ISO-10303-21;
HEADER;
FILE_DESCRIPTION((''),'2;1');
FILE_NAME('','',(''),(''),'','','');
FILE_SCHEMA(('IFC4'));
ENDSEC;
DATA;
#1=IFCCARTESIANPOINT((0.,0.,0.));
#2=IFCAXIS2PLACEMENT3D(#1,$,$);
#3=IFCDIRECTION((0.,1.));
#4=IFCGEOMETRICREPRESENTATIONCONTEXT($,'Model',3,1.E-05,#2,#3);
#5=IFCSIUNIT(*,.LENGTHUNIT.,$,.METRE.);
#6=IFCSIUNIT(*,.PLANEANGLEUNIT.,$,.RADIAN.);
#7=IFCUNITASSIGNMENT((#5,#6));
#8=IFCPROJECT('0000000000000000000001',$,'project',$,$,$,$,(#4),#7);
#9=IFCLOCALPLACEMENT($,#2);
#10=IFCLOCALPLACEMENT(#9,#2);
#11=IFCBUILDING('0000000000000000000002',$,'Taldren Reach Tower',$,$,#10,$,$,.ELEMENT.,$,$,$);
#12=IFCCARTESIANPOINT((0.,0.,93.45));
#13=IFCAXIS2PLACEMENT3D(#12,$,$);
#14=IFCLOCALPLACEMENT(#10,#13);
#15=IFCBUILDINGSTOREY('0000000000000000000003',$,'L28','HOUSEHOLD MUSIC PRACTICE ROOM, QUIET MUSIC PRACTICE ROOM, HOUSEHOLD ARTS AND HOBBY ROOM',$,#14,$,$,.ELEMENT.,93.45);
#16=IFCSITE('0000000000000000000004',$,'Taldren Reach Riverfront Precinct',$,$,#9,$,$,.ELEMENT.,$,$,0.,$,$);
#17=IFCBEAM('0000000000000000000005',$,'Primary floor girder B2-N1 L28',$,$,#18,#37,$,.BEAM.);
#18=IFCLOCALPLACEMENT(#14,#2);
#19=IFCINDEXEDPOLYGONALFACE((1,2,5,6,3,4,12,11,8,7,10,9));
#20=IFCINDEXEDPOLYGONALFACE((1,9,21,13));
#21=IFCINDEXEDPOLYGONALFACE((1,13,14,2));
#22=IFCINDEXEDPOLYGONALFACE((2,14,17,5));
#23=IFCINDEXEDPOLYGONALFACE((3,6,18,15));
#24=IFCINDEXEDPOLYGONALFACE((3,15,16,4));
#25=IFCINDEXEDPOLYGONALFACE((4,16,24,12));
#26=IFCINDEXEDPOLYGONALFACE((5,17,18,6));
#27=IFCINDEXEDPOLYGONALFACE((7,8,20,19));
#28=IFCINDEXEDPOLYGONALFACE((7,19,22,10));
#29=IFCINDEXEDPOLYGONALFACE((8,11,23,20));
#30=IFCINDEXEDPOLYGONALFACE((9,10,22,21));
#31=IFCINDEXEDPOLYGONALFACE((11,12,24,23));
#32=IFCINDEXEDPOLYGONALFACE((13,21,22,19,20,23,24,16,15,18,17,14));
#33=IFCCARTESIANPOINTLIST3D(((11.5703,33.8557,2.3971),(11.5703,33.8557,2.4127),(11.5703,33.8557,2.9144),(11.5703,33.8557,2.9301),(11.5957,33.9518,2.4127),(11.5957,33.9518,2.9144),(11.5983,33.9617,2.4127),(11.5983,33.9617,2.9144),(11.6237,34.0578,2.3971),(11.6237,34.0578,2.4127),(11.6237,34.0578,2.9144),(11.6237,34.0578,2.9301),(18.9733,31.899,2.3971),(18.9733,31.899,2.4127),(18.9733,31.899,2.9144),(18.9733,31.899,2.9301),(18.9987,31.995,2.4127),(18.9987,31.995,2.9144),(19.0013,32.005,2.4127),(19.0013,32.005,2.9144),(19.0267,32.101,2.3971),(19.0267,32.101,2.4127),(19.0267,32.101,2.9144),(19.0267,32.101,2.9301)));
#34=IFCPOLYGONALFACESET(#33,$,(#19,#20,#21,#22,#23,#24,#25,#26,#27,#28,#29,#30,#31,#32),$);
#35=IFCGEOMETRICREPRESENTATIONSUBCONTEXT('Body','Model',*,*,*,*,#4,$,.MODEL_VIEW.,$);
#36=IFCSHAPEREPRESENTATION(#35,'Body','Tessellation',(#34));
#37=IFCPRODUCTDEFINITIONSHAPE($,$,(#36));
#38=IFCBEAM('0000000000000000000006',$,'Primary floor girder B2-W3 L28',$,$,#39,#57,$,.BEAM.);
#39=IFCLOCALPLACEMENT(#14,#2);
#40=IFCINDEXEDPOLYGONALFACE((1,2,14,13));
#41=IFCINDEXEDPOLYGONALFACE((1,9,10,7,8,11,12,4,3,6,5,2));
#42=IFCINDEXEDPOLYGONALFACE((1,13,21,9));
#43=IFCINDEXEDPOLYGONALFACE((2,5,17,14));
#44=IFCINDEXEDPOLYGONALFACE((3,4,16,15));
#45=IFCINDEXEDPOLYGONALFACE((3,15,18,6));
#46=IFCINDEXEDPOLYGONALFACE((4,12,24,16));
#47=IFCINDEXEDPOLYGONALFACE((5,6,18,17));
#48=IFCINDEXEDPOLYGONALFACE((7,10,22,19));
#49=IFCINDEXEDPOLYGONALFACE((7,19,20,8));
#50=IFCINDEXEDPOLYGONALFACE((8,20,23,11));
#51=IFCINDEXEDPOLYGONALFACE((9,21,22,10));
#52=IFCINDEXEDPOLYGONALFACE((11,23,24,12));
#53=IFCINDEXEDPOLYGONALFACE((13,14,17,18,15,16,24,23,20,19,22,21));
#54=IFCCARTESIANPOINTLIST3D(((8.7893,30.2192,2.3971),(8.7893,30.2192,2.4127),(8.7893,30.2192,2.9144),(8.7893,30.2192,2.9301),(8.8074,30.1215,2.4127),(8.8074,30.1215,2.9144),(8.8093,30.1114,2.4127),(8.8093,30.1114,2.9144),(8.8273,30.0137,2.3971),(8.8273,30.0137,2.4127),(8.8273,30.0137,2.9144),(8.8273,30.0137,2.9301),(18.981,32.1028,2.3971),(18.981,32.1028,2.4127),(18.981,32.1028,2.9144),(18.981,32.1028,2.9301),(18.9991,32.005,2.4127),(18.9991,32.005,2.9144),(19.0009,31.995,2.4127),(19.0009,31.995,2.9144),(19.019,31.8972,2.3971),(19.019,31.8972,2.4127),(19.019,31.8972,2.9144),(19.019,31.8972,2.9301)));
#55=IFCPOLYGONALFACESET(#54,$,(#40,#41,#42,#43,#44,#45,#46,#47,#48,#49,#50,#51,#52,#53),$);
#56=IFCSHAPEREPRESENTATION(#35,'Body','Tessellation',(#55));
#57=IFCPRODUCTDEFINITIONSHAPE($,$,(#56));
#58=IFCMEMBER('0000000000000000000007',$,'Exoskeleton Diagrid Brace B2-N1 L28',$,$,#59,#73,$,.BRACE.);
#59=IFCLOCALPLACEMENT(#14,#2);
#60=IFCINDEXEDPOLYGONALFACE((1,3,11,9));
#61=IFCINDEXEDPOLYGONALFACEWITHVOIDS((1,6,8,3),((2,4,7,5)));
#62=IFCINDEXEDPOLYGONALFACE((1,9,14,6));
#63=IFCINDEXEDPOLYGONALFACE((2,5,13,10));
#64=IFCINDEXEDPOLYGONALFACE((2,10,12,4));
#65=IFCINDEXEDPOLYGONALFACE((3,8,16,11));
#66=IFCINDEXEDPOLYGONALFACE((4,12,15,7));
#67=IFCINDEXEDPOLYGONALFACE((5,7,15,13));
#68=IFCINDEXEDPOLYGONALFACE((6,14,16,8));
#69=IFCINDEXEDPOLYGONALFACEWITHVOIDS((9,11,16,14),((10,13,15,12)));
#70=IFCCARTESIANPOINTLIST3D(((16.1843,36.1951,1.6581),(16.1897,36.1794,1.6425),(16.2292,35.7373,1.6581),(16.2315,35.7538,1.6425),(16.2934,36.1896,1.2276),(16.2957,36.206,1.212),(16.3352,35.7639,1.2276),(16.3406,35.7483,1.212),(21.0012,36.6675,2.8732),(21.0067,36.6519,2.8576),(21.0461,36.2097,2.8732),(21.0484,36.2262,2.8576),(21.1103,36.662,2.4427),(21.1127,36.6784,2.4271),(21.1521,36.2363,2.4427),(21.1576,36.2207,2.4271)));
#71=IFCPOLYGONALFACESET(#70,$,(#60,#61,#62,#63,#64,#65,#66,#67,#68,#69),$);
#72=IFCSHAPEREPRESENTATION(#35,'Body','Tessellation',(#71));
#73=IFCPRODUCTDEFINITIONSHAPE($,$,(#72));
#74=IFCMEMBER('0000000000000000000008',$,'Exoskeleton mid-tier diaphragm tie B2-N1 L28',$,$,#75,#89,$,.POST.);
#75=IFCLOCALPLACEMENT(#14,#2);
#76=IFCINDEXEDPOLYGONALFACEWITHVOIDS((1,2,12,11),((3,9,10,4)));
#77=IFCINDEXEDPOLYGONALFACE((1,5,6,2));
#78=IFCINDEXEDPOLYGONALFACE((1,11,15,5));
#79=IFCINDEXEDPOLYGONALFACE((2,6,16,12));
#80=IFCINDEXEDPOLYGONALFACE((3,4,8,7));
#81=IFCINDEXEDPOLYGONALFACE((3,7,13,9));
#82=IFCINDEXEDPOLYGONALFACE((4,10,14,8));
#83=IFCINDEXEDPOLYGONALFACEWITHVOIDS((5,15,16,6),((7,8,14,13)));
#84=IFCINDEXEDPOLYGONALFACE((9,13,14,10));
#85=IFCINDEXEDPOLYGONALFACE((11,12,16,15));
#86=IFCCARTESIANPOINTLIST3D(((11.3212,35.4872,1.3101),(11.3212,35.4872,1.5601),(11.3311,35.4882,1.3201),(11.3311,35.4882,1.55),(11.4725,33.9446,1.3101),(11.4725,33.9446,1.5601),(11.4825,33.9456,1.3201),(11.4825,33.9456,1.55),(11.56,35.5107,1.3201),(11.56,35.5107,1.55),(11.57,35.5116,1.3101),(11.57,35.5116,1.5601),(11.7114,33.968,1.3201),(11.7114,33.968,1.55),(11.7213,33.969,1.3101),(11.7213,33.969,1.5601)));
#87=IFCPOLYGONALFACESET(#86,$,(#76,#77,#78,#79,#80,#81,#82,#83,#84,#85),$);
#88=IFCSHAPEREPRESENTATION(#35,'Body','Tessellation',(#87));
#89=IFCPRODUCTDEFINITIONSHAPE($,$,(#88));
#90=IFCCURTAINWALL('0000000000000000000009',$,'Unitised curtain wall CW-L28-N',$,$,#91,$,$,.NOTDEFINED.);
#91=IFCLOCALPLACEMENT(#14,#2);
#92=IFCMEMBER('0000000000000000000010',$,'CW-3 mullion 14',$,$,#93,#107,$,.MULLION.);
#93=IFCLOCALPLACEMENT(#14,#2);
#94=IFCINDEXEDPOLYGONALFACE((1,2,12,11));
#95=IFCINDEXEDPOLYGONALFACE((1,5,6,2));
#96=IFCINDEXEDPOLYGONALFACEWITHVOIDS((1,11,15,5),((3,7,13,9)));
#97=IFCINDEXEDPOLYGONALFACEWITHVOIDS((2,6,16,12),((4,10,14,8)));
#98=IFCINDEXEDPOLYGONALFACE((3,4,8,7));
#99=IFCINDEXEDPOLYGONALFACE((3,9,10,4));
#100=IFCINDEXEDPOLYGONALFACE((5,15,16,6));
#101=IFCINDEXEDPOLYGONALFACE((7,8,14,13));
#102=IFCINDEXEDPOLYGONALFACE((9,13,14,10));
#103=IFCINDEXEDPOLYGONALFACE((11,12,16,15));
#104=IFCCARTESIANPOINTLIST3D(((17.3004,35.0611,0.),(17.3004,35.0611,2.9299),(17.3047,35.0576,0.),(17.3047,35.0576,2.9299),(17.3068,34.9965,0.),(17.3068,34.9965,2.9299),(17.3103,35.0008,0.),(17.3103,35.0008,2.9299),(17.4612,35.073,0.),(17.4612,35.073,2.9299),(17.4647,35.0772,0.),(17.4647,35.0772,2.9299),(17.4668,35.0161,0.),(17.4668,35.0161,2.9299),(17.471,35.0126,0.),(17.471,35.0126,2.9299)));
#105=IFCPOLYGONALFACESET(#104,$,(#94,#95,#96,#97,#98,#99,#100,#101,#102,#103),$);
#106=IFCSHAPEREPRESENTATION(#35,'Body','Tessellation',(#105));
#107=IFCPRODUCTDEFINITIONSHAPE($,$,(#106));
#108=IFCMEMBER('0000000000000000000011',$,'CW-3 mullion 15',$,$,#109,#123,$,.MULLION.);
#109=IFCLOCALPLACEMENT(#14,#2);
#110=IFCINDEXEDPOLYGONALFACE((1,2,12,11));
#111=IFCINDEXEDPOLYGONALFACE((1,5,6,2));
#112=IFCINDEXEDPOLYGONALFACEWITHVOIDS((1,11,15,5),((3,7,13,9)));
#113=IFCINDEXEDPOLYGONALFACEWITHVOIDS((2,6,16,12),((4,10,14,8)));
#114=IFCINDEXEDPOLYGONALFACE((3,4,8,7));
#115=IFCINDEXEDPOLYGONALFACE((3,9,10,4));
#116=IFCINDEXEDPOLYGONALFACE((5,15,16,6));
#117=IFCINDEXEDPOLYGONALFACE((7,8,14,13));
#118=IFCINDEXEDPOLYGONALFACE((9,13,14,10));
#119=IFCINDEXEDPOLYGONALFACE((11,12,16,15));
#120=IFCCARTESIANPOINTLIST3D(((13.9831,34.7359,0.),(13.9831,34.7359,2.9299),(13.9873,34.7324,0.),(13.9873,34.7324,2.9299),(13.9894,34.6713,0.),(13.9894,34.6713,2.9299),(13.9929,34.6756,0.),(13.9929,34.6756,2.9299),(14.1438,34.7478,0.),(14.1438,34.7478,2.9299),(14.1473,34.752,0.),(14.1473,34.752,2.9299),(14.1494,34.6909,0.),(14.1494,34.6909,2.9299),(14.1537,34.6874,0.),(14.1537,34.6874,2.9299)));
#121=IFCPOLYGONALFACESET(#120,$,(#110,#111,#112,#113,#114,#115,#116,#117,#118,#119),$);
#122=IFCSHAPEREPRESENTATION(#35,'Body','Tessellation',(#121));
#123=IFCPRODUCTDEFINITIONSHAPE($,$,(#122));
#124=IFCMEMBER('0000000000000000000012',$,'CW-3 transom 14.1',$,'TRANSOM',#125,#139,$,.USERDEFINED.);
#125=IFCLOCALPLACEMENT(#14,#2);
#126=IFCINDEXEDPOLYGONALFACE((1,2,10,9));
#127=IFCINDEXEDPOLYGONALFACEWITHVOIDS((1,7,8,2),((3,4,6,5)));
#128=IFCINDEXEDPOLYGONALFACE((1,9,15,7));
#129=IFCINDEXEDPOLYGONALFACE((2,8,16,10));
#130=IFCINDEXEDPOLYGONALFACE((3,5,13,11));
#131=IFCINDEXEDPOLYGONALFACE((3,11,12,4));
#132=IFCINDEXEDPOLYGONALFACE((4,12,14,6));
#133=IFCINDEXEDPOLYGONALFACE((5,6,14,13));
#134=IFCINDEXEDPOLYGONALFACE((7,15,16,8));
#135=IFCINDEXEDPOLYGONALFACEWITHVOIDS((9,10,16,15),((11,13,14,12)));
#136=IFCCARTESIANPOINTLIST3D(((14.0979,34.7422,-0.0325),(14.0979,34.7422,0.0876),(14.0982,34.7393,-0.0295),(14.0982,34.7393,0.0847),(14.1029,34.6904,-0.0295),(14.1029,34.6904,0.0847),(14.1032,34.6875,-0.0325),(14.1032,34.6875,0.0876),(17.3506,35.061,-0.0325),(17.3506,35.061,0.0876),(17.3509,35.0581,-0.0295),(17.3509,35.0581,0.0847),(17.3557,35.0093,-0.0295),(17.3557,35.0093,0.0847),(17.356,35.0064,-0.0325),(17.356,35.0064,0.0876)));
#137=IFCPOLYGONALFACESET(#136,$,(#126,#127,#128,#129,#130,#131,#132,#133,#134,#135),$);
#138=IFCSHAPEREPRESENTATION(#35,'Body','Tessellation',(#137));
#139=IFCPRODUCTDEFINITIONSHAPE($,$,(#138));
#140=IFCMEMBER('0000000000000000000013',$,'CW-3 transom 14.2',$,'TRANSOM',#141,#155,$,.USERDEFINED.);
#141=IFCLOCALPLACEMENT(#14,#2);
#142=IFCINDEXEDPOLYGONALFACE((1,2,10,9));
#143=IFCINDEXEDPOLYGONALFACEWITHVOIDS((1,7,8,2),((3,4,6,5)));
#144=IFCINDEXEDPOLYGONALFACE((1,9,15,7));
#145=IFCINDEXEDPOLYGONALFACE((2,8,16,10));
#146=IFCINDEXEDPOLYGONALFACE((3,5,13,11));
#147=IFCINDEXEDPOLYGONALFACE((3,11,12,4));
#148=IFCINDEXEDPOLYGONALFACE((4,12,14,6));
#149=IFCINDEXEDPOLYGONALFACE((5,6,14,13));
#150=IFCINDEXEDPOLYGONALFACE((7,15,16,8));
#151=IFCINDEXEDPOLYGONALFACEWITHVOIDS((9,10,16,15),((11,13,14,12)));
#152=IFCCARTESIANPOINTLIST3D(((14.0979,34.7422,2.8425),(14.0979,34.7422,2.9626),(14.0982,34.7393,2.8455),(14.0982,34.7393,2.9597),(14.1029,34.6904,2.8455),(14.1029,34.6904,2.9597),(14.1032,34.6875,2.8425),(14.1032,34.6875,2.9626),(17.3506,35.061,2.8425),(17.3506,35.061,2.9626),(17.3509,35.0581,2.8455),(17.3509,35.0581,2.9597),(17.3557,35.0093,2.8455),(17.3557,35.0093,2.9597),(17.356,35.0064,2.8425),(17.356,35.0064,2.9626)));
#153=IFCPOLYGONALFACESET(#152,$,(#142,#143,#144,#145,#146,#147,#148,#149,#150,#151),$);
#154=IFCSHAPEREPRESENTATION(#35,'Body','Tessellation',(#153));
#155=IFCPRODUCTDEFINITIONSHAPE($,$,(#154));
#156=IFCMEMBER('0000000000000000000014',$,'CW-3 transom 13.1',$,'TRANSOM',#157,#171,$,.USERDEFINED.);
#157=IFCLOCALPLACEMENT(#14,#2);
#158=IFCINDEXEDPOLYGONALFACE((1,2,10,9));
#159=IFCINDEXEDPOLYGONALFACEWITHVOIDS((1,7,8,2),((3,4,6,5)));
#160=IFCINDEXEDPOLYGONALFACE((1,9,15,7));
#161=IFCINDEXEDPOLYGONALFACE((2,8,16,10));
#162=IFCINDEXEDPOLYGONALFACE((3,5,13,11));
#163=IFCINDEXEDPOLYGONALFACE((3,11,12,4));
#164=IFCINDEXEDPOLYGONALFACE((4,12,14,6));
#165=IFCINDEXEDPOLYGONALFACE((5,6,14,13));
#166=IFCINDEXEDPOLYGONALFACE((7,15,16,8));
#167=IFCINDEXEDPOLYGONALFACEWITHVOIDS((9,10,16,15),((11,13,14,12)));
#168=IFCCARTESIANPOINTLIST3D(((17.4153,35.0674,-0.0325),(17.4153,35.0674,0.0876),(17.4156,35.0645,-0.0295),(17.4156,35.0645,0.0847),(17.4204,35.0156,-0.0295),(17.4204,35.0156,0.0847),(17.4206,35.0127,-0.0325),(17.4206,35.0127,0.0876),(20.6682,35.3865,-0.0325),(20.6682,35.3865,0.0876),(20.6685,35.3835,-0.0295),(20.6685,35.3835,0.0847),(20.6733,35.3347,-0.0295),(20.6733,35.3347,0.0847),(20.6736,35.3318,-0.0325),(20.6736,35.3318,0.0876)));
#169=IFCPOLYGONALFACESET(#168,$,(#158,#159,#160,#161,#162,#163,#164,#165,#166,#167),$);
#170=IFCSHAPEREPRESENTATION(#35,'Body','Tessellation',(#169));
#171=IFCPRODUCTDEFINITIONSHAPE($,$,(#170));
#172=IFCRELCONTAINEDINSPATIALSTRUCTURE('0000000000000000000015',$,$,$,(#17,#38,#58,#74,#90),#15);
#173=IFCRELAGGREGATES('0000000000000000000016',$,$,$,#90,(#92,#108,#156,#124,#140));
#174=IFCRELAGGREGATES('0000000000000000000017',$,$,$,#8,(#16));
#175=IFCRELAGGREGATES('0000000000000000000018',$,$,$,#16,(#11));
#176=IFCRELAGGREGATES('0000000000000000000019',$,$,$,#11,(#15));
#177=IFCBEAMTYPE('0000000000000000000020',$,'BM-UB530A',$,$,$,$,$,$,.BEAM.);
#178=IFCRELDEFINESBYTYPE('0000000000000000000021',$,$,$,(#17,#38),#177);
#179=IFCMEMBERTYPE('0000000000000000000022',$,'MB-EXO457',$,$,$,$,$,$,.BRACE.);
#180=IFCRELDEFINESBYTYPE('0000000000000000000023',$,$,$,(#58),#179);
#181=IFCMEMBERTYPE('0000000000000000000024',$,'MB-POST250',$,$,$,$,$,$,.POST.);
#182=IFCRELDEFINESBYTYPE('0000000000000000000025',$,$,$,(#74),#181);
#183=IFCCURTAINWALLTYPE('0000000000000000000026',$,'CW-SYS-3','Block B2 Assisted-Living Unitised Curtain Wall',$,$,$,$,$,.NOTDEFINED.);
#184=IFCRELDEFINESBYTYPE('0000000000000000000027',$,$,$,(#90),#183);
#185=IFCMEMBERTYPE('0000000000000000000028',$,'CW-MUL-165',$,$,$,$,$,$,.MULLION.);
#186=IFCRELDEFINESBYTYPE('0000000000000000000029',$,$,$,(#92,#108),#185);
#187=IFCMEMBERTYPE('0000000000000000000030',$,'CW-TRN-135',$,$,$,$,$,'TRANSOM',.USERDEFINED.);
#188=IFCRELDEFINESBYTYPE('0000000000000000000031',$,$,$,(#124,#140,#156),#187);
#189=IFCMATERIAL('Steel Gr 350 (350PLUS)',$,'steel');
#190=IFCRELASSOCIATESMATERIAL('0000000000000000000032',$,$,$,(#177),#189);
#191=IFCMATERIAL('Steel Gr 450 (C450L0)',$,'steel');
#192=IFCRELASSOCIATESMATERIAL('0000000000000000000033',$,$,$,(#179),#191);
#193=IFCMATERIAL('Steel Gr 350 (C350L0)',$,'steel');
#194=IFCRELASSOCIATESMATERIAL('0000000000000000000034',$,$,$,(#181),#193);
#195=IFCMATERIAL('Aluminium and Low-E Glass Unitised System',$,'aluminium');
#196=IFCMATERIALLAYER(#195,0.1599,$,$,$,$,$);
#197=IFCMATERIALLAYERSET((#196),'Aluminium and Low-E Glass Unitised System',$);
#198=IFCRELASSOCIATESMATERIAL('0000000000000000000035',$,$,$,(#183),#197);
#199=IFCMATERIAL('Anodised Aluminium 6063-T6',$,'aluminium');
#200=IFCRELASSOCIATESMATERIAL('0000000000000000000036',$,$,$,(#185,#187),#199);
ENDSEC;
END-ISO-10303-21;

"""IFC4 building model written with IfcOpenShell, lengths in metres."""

from ifc_helpers import new_model, si_unit, direction, frame, origin, origin_2d, place, context, subcontext, project, spatial, hollow_rectangle, i_section, extrude, source, transform, mapped, material, layer, layer_set, material_profile, profile_set, type_object, element, aggregate, save


model = new_model("IFC4")

# Units and contexts
model_context = context("Model", 3, precision=1e-05, world=origin(), true_north=direction((0.0, 1.0)))
body_context = subcontext(model_context, "Body", "Model", "MODEL_VIEW")
ifc_project = project(units=[si_unit("LENGTHUNIT", "METRE"), si_unit("PLANEANGLEUNIT", "RADIAN")], contexts=[model_context])

# Site, building, storey
site_placement = place(None, origin())
site = spatial("IfcSite", under=ifc_project, at=site_placement, Name="Taldren Reach Riverfront Precinct", CompositionType="ELEMENT", RefElevation=0.0)
building_placement = place(site_placement, origin())
building = spatial("IfcBuilding", under=site, at=building_placement, Name="Taldren Reach Tower", CompositionType="ELEMENT")
storey_placement = place(building_placement, frame((0.0, 0.0, 93.45)))
storey = spatial("IfcBuildingStorey", under=building, at=storey_placement, Name="L28", Description="HOUSEHOLD MUSIC PRACTICE ROOM, QUIET MUSIC PRACTICE ROOM, HOUSEHOLD ARTS AND HOBBY ROOM", CompositionType="ELEMENT", Elevation=93.45)

# Beams
ifc_material_1 = material(Name="Steel Gr 350 (350PLUS)", Category="steel")
ifc_material_profile_1 = material_profile(ifc_material_1, i_section(OverallWidth=0.209, OverallDepth=0.533, WebThickness=0.0103, FlangeThickness=0.0156, at=origin_2d()), Name="530UB92.4")
ifc_profile_set_1 = profile_set([ifc_material_profile_1], Name="Steel Gr 350 (350PLUS)")
beam_type = type_object("IfcBeamType", Name="BM-UB530A", PredefinedType="BEAM", material=ifc_profile_set_1)
shared_shape_1 = source(origin(), body_context, "Body", "SweptSolid", [
    extrude(i_section(OverallWidth=0.209, OverallDepth=0.533, WebThickness=0.0103, FlangeThickness=0.0156, at=origin_2d()), origin(), (0.0, 0.0, 1.0), 7.6572),
])
beam_1_placement = place(storey_placement, frame((19.0, 32.0, 2.6636), z_axis=(-0.966797, 0.255545, 0.0), x_axis=(-0.255545, -0.966797, 0.0)))
element("IfcBeam", 1, at=beam_1_placement, inside=storey, type_object=beam_type, Name="Primary floor girder B2-N1 L28", PredefinedType="BEAM", context=body_context, shape_type="MappedRepresentation", body=[
    mapped(shared_shape_1, transform((0.0, 0.0, 0.0), scale=1.0)),
])
shared_shape_2 = source(origin(), body_context, "Body", "SweptSolid", [
    extrude(i_section(OverallWidth=0.209, OverallDepth=0.533, WebThickness=0.0103, FlangeThickness=0.0156, at=origin_2d()), origin(), (0.0, 0.0, 1.0), 10.3643),
])
beam_2_placement = place(storey_placement, frame((19.0, 32.0, 2.6636), z_axis=(-0.983348, -0.181735, 0.0), x_axis=(0.181735, -0.983348, 0.0)))
element("IfcBeam", 2, at=beam_2_placement, inside=storey, type_object=beam_type, Name="Primary floor girder B2-W3 L28", PredefinedType="BEAM", context=body_context, shape_type="MappedRepresentation", body=[
    mapped(shared_shape_2, transform((0.0, 0.0, 0.0), scale=1.0)),
])

# Members
ifc_material_2 = material(Name="Steel Gr 450 (C450L0)", Category="steel")
ifc_material_profile_2 = material_profile(ifc_material_2, hollow_rectangle(XDim=0.46, YDim=0.46, WallThickness=0.0161, at=origin_2d()), Name="460x460x16.0SHS")
ifc_profile_set_2 = profile_set([ifc_material_profile_2], Name="Steel Gr 450 (C450L0)")
member_type_1 = type_object("IfcMemberType", Name="MB-EXO457", PredefinedType="BRACE", material=ifc_profile_set_2)
shared_shape_3 = source(origin(), body_context, "Body", "SweptSolid", [
    extrude(hollow_rectangle(XDim=0.46, YDim=0.46, WallThickness=0.0161, at=origin_2d()), origin(), (0.0, 0.0, 1.0), 4.9902),
])
member_1_placement = place(storey_placement, frame((16.2625, 35.9717, 1.4351), z_axis=(0.965271, 0.094668, 0.243495), x_axis=(-0.097606, 0.995225, 0.0)))
element("IfcMember", 3, at=member_1_placement, inside=storey, type_object=member_type_1, Name="Exoskeleton Diagrid Brace B2-N1 L28", PredefinedType="BRACE", context=body_context, shape_type="MappedRepresentation", body=[
    mapped(shared_shape_3, transform((0.0, 0.0, 0.0), scale=1.0)),
])
ifc_material_3 = material(Name="Steel Gr 350 (C350L0)", Category="steel")
ifc_material_profile_3 = material_profile(ifc_material_3, hollow_rectangle(XDim=0.25, YDim=0.25, WallThickness=0.01, at=origin_2d()), Name="250x250x10.0SHS")
ifc_profile_set_3 = profile_set([ifc_material_profile_3], Name="Steel Gr 350 (C350L0)")
member_type_2 = type_object("IfcMemberType", Name="MB-POST250", PredefinedType="POST", material=ifc_profile_set_3)
shared_shape_4 = source(origin(), body_context, "Body", "SweptSolid", [
    extrude(hollow_rectangle(XDim=0.25, YDim=0.25, WallThickness=0.01, at=origin_2d()), origin(), (0.0, 0.0, 1.0), 1.55),
])
member_2_placement = place(storey_placement, frame((11.5969, 33.9568, 1.4351), z_axis=(-0.097648, 0.995221, 0.0), x_axis=(-0.995221, -0.097648, 0.0)))
element("IfcMember", 4, at=member_2_placement, inside=storey, type_object=member_type_2, Name="Exoskeleton mid-tier diaphragm tie B2-N1 L28", PredefinedType="POST", context=body_context, shape_type="MappedRepresentation", body=[
    mapped(shared_shape_4, transform((0.0, 0.0, 0.0), scale=1.0)),
])

# Curtain wall, members
ifc_material_4 = material(Name="Aluminium and Low-E Glass Unitised System", Category="aluminium")
ifc_layer_1 = layer(ifc_material_4, 0.1599)
ifc_layer_set_1 = layer_set([ifc_layer_1], Name="Aluminium and Low-E Glass Unitised System")
curtain_wall_type = type_object("IfcCurtainWallType", Name="CW-SYS-3", Description="Block B2 Assisted-Living Unitised Curtain Wall", PredefinedType="NOTDEFINED", material=ifc_layer_set_1)
curtain_wall_placement = place(storey_placement, origin())
curtain_wall = element("IfcCurtainWall", 5, at=curtain_wall_placement, inside=storey, type_object=curtain_wall_type, Name="Unitised curtain wall CW-L28-N", PredefinedType="NOTDEFINED")
ifc_material_5 = material(Name="Anodised Aluminium 6063-T6", Category="aluminium")
ifc_material_profile_4 = material_profile(ifc_material_5, hollow_rectangle(XDim=0.0649, YDim=0.165, WallThickness=0.0039, at=origin_2d()), Name="ALU-165x65x4RHS")
ifc_profile_set_4 = profile_set([ifc_material_profile_4], Name="Anodised Aluminium 6063-T6")
member_type_3 = type_object("IfcMemberType", Name="CW-MUL-165", PredefinedType="MULLION", material=ifc_profile_set_4)
shared_shape_5 = source(origin(), body_context, "Body", "SweptSolid", [
    extrude(hollow_rectangle(XDim=0.0649, YDim=0.165, WallThickness=0.0039, at=origin_2d()), origin(), (0.0, 0.0, 1.0), 2.9299),
])
member_3_placement = place(storey_placement, frame((17.3857, 35.0369, 0.0), z_axis=(0.0, 0.0, 1.0), x_axis=(0.097583, -0.995227, 0.0)))
member_3 = element("IfcMember", 6, at=member_3_placement, type_object=member_type_3, Name="CW-3 mullion 14", PredefinedType="MULLION", context=body_context, shape_type="MappedRepresentation", body=[
    mapped(shared_shape_5, transform((0.0, 0.0, 0.0), scale=1.0)),
])
member_4_placement = place(storey_placement, frame((14.0684, 34.7117, 0.0), z_axis=(0.0, 0.0, 1.0), x_axis=(0.097583, -0.995227, 0.0)))
member_4 = element("IfcMember", 7, at=member_4_placement, type_object=member_type_3, Name="CW-3 mullion 15", PredefinedType="MULLION", context=body_context, shape_type="MappedRepresentation", body=[
    mapped(shared_shape_5, transform((0.0, 0.0, 0.0), scale=1.0)),
])
ifc_material_profile_5 = material_profile(ifc_material_5, hollow_rectangle(XDim=0.0549, YDim=0.1201, WallThickness=0.0029, at=origin_2d()), Name="ALU-120x55x3RHS")
ifc_profile_set_5 = profile_set([ifc_material_profile_5], Name="Anodised Aluminium 6063-T6")
member_type_4 = type_object("IfcMemberType", Name="CW-TRN-135", ElementType="TRANSOM", PredefinedType="USERDEFINED", material=ifc_profile_set_5)
shared_shape_6 = source(origin(), body_context, "Body", "SweptSolid", [
    extrude(hollow_rectangle(XDim=0.0549, YDim=0.1201, WallThickness=0.0029, at=origin_2d()), origin(), (0.0, 0.0, 1.0), 3.2683),
])
member_5_placement = place(storey_placement, frame((17.3533, 35.0337, 0.0276), z_axis=(-0.99523, -0.097558, 0.0), x_axis=(0.097558, -0.99523, 0.0)))
member_5 = element("IfcMember", 8, at=member_5_placement, type_object=member_type_4, Name="CW-3 transom 14.1", ObjectType="TRANSOM", PredefinedType="USERDEFINED", context=body_context, shape_type="MappedRepresentation", body=[
    mapped(shared_shape_6, transform((0.0, 0.0, 0.0), scale=1.0)),
])
member_6_placement = place(storey_placement, frame((17.3533, 35.0337, 2.9026), z_axis=(-0.99523, -0.097558, 0.0), x_axis=(0.097558, -0.99523, 0.0)))
member_6 = element("IfcMember", 9, at=member_6_placement, type_object=member_type_4, Name="CW-3 transom 14.2", ObjectType="TRANSOM", PredefinedType="USERDEFINED", context=body_context, shape_type="MappedRepresentation", body=[
    mapped(shared_shape_6, transform((0.0, 0.0, 0.0), scale=1.0)),
])
shared_shape_7 = source(origin(), body_context, "Body", "SweptSolid", [
    extrude(hollow_rectangle(XDim=0.0549, YDim=0.1201, WallThickness=0.0029, at=origin_2d()), origin(), (0.0, 0.0, 1.0), 3.2686),
])
member_7_placement = place(storey_placement, frame((20.6709, 35.3591, 0.0276), z_axis=(-0.995223, -0.097625, 0.0), x_axis=(0.097625, -0.995223, 0.0)))
member_7 = element("IfcMember", 10, at=member_7_placement, type_object=member_type_4, Name="CW-3 transom 13.1", ObjectType="TRANSOM", PredefinedType="USERDEFINED", context=body_context, shape_type="MappedRepresentation", body=[
    mapped(shared_shape_7, transform((0.0, 0.0, 0.0), scale=1.0)),
])
aggregate(curtain_wall, [member_3, member_4, member_7, member_5, member_6])

save(model, "model.ifc")
